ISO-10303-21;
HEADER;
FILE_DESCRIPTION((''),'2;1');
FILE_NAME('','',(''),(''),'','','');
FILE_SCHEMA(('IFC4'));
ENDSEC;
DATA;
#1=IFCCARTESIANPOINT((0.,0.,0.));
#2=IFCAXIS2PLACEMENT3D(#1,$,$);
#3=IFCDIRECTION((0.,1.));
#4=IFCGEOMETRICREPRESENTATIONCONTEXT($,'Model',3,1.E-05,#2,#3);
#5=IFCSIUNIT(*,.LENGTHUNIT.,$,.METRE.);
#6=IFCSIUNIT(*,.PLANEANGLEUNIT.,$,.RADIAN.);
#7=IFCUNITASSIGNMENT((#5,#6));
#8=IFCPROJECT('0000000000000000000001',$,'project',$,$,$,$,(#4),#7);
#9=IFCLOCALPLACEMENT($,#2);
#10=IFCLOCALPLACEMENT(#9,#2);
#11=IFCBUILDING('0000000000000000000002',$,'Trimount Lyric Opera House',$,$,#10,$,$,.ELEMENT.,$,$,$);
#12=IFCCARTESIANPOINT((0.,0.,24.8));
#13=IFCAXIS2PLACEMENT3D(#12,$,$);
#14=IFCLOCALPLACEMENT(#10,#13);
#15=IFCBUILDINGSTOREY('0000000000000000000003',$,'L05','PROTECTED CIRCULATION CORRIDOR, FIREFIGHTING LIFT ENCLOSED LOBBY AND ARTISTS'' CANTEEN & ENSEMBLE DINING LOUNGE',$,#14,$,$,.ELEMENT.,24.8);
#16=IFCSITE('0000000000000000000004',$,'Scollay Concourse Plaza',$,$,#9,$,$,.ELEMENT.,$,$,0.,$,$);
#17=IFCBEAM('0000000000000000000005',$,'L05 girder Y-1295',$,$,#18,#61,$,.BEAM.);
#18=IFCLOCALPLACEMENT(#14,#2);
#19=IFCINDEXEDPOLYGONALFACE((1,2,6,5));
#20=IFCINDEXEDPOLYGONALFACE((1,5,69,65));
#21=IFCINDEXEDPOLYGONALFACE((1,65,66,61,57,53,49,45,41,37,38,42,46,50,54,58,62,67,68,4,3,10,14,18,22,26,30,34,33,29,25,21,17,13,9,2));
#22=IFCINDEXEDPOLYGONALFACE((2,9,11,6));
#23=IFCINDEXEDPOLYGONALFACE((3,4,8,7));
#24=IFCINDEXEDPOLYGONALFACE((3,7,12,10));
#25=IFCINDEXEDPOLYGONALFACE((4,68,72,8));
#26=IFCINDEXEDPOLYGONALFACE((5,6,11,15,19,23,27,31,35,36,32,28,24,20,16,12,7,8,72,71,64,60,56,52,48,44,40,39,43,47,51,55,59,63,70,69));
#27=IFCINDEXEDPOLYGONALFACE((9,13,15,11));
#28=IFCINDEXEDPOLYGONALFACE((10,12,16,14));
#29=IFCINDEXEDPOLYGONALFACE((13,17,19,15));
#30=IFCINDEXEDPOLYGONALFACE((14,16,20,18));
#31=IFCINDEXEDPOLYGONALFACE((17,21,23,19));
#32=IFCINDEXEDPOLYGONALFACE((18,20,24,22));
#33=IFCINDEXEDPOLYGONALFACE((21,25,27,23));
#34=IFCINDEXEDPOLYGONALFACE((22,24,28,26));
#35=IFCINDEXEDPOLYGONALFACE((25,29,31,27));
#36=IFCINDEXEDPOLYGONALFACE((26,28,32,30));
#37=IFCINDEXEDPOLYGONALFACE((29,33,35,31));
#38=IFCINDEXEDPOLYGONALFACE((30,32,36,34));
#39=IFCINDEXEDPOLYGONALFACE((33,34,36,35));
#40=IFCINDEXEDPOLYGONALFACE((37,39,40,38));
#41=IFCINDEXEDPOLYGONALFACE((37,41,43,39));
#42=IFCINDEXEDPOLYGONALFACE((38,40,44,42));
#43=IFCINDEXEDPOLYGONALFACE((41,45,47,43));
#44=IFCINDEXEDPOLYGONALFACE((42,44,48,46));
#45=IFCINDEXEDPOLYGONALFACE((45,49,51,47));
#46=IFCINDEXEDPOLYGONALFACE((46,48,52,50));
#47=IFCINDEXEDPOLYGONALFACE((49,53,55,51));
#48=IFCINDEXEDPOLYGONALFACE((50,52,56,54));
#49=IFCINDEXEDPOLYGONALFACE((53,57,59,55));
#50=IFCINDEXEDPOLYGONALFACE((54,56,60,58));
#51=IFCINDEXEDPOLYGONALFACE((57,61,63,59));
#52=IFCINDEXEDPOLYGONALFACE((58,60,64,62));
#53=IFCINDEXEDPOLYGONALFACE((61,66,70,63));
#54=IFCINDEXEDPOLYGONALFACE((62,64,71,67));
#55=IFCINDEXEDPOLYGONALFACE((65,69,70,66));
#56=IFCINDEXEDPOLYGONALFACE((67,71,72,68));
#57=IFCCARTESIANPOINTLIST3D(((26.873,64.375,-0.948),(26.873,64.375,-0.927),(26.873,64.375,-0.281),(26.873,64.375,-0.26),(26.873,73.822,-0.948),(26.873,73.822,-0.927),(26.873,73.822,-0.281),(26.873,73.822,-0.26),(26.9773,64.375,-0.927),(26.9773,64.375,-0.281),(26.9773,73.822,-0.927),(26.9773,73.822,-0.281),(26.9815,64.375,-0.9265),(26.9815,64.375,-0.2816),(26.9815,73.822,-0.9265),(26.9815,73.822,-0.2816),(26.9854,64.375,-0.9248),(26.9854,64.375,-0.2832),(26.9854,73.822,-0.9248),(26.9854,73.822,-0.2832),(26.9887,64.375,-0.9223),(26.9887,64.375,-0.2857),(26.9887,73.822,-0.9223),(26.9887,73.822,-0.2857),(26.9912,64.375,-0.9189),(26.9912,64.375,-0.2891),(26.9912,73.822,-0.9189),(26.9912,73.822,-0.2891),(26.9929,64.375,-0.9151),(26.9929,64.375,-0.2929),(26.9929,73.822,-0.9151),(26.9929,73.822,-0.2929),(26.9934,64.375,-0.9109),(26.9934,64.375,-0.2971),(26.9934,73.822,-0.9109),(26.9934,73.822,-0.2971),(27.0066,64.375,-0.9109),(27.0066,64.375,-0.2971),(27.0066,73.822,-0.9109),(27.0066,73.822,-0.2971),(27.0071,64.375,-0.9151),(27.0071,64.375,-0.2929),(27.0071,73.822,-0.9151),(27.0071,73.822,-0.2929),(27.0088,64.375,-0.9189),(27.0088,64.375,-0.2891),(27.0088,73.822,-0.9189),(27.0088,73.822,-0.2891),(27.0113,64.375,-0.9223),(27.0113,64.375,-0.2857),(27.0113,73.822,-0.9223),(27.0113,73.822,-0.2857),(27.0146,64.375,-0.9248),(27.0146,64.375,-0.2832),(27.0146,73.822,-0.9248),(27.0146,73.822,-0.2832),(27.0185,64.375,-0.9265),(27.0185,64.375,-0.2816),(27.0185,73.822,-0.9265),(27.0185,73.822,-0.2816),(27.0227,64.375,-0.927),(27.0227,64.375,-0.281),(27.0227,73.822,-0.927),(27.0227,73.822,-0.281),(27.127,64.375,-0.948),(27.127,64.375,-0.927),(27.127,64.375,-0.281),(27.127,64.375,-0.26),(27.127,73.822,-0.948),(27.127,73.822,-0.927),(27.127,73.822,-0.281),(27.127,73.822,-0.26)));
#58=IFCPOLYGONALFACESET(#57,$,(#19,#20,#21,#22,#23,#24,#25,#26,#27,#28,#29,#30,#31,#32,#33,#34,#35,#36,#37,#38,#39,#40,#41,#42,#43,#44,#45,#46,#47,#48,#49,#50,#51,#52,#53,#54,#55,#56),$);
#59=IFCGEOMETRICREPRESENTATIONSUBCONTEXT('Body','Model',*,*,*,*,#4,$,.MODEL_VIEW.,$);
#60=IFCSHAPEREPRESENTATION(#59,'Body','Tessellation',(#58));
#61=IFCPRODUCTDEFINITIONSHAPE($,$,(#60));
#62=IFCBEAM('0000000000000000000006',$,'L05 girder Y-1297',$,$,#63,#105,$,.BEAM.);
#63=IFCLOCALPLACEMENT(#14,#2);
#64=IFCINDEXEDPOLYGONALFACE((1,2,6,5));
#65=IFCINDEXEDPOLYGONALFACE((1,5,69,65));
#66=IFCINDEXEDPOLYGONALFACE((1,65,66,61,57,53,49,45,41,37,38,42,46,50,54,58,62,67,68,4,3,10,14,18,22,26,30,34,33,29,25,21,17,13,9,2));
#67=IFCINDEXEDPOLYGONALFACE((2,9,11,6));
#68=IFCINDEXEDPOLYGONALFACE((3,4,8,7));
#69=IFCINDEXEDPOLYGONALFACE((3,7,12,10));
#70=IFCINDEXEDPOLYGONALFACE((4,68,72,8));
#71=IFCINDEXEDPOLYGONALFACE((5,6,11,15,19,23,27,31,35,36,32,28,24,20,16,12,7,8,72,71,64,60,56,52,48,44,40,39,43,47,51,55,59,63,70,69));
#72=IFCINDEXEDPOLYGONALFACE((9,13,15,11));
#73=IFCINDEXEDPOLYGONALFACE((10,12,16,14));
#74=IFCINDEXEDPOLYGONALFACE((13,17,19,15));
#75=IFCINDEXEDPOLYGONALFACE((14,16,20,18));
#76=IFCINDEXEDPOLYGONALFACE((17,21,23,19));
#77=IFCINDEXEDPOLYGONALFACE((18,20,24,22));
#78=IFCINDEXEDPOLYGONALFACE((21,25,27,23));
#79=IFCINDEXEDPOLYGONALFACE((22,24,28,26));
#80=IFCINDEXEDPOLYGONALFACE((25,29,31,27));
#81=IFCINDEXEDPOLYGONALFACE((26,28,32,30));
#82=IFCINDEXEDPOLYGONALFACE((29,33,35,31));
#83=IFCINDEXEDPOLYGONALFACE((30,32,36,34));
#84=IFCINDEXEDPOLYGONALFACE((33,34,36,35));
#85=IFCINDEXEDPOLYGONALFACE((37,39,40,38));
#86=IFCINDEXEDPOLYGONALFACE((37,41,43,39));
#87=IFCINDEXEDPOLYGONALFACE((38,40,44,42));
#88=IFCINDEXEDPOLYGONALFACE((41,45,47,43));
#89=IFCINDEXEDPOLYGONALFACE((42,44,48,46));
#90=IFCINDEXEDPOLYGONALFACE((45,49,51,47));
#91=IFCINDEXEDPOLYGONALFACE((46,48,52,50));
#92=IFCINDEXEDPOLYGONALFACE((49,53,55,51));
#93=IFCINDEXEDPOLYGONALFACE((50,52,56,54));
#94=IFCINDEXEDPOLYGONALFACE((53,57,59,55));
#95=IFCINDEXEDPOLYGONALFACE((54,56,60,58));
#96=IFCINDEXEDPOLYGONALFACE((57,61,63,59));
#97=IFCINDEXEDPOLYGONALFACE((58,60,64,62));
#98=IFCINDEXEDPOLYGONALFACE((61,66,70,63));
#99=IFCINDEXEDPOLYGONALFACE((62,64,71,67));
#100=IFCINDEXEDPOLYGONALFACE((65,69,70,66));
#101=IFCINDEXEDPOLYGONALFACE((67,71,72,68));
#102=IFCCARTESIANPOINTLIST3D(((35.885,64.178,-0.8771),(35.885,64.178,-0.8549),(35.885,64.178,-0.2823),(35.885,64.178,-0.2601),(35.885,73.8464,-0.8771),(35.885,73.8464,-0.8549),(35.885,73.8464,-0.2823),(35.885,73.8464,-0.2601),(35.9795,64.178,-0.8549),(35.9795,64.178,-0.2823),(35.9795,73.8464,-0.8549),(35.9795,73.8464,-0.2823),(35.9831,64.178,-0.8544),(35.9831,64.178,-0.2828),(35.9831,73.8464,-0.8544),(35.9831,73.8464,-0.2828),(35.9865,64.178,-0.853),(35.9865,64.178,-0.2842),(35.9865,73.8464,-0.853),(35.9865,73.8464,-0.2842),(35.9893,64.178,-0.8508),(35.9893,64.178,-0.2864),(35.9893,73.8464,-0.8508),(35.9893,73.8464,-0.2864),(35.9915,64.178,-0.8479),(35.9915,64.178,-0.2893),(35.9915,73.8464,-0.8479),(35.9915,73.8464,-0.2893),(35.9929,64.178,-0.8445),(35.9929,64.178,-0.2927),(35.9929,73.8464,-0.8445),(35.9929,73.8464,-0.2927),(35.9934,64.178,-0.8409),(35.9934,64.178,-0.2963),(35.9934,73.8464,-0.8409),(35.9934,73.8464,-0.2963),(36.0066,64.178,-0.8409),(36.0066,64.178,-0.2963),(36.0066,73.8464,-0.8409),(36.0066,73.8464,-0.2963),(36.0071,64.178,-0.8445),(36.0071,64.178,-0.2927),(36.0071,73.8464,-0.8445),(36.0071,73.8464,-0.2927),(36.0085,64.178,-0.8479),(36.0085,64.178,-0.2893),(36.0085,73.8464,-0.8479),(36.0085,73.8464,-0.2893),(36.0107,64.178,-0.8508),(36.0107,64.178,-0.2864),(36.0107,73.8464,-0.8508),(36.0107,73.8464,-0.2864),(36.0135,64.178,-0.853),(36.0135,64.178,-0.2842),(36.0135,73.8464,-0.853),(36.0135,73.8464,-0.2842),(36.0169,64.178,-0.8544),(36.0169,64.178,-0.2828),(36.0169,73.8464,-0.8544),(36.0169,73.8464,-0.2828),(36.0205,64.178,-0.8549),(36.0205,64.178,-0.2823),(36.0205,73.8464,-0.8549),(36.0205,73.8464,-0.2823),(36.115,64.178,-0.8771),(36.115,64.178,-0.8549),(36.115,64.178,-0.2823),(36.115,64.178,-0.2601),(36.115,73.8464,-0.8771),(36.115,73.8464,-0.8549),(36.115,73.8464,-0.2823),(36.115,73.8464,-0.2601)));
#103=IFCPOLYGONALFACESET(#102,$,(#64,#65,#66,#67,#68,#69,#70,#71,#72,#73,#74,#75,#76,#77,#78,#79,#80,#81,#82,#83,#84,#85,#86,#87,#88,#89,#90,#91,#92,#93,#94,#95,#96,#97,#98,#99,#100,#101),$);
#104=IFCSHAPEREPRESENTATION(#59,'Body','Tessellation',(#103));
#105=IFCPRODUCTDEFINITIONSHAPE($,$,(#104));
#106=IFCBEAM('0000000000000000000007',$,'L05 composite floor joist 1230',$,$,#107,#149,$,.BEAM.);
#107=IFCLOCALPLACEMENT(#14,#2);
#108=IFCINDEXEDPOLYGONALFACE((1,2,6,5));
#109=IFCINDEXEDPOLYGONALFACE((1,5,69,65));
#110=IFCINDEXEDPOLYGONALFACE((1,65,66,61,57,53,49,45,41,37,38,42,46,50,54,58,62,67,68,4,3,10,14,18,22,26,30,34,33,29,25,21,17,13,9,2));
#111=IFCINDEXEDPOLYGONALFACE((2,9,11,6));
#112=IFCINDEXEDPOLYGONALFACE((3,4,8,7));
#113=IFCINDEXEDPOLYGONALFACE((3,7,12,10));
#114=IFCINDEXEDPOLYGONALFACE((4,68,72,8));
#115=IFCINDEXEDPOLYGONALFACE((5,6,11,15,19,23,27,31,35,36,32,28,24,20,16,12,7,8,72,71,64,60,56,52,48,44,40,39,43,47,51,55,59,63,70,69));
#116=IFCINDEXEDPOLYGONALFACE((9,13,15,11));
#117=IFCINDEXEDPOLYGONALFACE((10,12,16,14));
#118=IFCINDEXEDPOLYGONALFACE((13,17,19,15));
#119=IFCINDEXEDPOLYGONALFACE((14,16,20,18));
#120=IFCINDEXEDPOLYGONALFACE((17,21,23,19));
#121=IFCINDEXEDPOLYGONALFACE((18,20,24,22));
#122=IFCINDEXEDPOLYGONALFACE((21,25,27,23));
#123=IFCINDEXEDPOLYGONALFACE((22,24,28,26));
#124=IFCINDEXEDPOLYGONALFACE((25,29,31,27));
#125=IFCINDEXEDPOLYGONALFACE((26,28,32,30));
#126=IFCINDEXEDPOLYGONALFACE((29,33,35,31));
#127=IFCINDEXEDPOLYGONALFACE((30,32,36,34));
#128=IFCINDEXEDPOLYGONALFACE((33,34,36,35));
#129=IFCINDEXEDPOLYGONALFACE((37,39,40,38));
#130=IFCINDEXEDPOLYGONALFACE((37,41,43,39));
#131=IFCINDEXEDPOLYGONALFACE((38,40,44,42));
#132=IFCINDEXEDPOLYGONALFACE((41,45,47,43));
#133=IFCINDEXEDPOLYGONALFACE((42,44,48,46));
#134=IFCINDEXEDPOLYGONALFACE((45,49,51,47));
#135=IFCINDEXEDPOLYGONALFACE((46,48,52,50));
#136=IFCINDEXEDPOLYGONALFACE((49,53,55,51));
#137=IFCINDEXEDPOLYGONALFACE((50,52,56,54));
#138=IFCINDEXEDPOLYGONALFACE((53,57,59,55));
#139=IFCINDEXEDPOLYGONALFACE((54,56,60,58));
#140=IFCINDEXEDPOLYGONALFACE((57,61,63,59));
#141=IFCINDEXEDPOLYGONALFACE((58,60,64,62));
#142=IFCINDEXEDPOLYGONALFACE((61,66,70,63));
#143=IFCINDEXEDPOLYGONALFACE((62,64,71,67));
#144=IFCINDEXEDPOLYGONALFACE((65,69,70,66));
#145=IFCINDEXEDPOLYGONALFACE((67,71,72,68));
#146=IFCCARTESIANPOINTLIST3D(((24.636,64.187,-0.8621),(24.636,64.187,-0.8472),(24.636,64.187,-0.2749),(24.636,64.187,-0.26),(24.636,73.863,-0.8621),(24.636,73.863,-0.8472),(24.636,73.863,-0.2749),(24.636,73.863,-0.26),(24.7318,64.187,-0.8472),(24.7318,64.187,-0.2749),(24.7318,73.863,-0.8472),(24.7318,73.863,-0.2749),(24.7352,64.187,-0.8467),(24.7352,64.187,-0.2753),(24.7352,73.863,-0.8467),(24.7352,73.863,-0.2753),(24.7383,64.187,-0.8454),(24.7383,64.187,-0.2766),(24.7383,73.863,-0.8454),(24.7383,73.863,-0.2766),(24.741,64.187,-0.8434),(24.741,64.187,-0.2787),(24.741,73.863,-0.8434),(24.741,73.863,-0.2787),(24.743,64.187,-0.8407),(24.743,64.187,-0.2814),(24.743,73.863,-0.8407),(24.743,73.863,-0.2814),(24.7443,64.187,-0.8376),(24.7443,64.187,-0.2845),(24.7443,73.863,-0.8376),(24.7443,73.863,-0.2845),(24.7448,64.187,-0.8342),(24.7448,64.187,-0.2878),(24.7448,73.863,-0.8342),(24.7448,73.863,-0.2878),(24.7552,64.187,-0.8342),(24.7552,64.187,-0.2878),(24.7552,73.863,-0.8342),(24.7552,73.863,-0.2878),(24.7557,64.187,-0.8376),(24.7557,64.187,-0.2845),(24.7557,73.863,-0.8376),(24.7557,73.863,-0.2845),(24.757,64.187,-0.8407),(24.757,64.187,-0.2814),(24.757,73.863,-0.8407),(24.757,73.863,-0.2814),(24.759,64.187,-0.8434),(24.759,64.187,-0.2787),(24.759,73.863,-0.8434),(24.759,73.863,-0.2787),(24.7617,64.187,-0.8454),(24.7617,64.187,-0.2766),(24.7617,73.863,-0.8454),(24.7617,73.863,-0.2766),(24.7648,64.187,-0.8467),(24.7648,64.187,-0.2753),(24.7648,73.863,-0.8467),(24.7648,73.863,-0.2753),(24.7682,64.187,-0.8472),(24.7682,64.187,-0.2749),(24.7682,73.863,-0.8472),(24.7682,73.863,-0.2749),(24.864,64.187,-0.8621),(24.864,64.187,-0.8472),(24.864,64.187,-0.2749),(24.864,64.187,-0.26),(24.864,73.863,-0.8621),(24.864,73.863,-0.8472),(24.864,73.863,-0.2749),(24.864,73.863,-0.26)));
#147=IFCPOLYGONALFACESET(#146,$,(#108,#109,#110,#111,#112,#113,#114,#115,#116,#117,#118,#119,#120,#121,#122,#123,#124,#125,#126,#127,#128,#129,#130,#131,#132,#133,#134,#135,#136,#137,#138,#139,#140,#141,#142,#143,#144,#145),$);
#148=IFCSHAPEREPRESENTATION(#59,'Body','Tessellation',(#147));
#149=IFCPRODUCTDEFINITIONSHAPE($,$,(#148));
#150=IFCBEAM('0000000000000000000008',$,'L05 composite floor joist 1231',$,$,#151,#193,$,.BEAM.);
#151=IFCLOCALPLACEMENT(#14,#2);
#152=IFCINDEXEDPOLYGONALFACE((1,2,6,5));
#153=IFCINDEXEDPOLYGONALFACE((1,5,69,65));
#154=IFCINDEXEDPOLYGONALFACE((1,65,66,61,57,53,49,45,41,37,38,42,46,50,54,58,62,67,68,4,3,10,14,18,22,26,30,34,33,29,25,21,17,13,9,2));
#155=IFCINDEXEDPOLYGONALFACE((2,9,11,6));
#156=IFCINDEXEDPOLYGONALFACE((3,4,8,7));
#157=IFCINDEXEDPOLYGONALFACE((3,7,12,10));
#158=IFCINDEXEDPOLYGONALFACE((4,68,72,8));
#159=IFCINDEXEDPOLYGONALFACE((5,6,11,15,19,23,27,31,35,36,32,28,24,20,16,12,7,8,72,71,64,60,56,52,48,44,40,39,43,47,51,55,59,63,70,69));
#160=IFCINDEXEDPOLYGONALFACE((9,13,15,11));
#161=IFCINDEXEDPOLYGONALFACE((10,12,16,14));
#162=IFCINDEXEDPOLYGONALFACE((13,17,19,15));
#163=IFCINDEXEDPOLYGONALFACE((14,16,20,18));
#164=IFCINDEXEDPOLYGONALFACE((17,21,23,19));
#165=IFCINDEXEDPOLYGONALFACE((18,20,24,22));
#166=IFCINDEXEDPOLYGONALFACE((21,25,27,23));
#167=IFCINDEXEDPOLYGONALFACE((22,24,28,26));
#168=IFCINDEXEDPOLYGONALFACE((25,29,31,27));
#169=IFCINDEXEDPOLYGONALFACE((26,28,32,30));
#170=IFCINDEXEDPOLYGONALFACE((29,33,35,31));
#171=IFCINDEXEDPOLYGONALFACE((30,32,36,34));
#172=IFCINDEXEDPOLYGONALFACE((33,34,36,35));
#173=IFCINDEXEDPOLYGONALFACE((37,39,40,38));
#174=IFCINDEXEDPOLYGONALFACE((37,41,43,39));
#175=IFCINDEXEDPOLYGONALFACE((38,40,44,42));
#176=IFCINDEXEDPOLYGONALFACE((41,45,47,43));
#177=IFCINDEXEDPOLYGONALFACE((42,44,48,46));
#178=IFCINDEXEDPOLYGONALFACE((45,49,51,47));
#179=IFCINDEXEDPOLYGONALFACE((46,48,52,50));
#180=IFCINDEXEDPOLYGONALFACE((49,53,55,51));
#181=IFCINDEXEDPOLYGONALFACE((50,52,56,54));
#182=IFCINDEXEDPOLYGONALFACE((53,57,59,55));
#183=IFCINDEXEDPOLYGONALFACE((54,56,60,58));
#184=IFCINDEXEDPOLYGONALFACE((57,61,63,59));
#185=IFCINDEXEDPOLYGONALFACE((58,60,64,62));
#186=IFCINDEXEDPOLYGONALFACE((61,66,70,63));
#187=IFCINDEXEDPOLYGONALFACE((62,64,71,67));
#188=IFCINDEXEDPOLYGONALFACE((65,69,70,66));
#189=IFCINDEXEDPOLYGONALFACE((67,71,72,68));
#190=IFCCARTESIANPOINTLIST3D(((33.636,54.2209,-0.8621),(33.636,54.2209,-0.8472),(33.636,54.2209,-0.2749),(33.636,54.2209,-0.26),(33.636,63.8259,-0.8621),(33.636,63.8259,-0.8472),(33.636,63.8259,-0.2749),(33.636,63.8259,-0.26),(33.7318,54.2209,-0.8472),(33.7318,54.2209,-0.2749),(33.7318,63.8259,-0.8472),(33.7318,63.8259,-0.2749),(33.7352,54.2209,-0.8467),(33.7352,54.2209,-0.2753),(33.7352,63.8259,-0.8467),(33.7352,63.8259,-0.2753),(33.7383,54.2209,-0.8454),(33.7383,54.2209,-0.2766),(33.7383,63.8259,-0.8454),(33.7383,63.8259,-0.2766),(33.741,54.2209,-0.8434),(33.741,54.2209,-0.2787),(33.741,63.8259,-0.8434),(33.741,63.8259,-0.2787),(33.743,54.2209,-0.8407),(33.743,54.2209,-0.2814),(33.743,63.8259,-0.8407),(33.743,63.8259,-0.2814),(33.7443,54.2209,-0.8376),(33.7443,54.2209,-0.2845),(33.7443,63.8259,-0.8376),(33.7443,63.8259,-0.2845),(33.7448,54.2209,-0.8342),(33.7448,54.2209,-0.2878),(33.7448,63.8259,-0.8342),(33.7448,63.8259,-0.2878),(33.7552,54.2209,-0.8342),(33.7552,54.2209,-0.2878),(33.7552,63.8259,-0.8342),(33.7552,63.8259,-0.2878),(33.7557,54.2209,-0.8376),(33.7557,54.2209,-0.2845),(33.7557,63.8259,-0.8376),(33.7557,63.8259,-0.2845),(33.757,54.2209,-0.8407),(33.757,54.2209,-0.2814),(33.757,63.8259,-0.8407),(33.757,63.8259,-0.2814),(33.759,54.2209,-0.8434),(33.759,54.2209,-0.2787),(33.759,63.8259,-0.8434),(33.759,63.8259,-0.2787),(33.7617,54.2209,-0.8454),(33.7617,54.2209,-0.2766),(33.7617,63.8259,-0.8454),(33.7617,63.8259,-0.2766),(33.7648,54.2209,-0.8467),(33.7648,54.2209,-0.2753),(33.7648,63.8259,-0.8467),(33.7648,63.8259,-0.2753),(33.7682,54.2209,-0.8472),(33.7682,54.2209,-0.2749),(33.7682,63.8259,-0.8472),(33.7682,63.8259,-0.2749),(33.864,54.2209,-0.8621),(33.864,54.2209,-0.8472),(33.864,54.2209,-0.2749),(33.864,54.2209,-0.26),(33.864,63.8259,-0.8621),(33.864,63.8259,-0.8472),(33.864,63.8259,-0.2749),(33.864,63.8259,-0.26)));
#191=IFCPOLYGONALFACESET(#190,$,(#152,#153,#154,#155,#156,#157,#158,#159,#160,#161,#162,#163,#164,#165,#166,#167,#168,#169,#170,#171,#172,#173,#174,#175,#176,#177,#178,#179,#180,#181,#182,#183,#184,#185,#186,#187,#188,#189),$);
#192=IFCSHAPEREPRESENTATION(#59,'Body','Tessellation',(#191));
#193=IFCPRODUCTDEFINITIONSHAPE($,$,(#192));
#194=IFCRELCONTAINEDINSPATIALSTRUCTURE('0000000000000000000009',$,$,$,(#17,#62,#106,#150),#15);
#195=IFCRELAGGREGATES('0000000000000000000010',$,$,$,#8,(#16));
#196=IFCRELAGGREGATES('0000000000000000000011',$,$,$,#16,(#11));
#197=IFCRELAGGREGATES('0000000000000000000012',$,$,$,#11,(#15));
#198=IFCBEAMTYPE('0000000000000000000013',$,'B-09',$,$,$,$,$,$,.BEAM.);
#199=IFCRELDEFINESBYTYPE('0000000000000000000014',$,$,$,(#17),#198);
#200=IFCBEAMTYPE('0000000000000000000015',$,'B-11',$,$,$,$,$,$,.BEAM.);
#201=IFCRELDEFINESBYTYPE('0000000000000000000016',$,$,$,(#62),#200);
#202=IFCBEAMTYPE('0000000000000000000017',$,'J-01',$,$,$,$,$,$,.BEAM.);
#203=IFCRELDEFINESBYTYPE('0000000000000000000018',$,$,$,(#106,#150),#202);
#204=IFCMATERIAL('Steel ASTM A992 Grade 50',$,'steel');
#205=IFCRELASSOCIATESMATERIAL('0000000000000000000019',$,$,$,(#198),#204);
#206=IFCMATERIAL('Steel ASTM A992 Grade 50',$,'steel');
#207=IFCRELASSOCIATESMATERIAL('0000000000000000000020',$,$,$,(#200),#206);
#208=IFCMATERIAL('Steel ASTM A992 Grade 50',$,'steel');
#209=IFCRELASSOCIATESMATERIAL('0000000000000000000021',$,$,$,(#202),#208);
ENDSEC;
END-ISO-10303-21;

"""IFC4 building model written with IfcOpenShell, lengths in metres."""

from ifc_helpers import new_model, si_unit, direction, frame, origin, origin_2d, place, context, subcontext, project, spatial, i_section, extrude, material, material_profile, profile_set, type_object, element, save


model = new_model("IFC4")

# Units and contexts
model_context = context("Model", 3, precision=1e-05, world=origin(), true_north=direction((0.0, 1.0)))
body_context = subcontext(model_context, "Body", "Model", "MODEL_VIEW")
ifc_project = project(units=[si_unit("LENGTHUNIT", "METRE"), si_unit("PLANEANGLEUNIT", "RADIAN")], contexts=[model_context])

# Site, building, storey
site_placement = place(None, origin())
site = spatial("IfcSite", under=ifc_project, at=site_placement, Name="Scollay Concourse Plaza", CompositionType="ELEMENT", RefElevation=0.0)
building_placement = place(site_placement, origin())
building = spatial("IfcBuilding", under=site, at=building_placement, Name="Trimount Lyric Opera House", CompositionType="ELEMENT")
storey_placement = place(building_placement, frame((0.0, 0.0, 24.8)))
storey = spatial("IfcBuildingStorey", under=building, at=storey_placement, Name="L05", Description="PROTECTED CIRCULATION CORRIDOR, FIREFIGHTING LIFT ENCLOSED LOBBY AND ARTISTS' CANTEEN & ENSEMBLE DINING LOUNGE", CompositionType="ELEMENT", Elevation=24.8)

# Beams
ifc_material_1 = material(Name="Steel ASTM A992 Grade 50", Category="steel")
ifc_material_profile_1 = material_profile(ifc_material_1, i_section(OverallWidth=0.2539, OverallDepth=0.688, WebThickness=0.0132, FlangeThickness=0.021, FilletRadius=0.0161, at=origin_2d()), Name="W27X102")
ifc_profile_set_1 = profile_set([ifc_material_profile_1], Name="Steel ASTM A992 Grade 50")
beam_type_1 = type_object("IfcBeamType", Name="B-09", PredefinedType="BEAM", material=ifc_profile_set_1)
beam_1_placement = place(storey_placement, frame((27.0, 64.375, -0.604), z_axis=(0.0, 1.0, 0.0), x_axis=(-1.0, 0.0, 0.0)))
element("IfcBeam", 1, at=beam_1_placement, inside=storey, type_object=beam_type_1, Name="L05 girder Y-1295", PredefinedType="BEAM", context=body_context, shape_type="SweptSolid", body=[
    extrude(i_section(OverallWidth=0.2539, OverallDepth=0.688, WebThickness=0.0132, FlangeThickness=0.021, FilletRadius=0.0161, at=origin_2d()), origin(), (0.0, 0.0, 1.0), 9.447),
])
ifc_material_2 = material(Name="Steel ASTM A992 Grade 50", Category="steel")
ifc_material_profile_2 = material_profile(ifc_material_2, i_section(OverallWidth=0.23, OverallDepth=0.6169, WebThickness=0.0132, FlangeThickness=0.0222, FilletRadius=0.0139, at=origin_2d()), Name="W24X94")
ifc_profile_set_2 = profile_set([ifc_material_profile_2], Name="Steel ASTM A992 Grade 50")
beam_type_2 = type_object("IfcBeamType", Name="B-11", PredefinedType="BEAM", material=ifc_profile_set_2)
beam_2_placement = place(storey_placement, frame((36.0, 64.178, -0.5686), z_axis=(0.0, 1.0, 0.0), x_axis=(-1.0, 0.0, 0.0)))
element("IfcBeam", 2, at=beam_2_placement, inside=storey, type_object=beam_type_2, Name="L05 girder Y-1297", PredefinedType="BEAM", context=body_context, shape_type="SweptSolid", body=[
    extrude(i_section(OverallWidth=0.23, OverallDepth=0.6169, WebThickness=0.0132, FlangeThickness=0.0222, FilletRadius=0.0139, at=origin_2d()), origin(), (0.0, 0.0, 1.0), 9.6685),
])
ifc_material_3 = material(Name="Steel ASTM A992 Grade 50", Category="steel")
ifc_material_profile_3 = material_profile(ifc_material_3, i_section(OverallWidth=0.228, OverallDepth=0.6021, WebThickness=0.0105, FlangeThickness=0.0149, FilletRadius=0.0129, at=origin_2d()), Name="W24X68")
ifc_profile_set_3 = profile_set([ifc_material_profile_3], Name="Steel ASTM A992 Grade 50")
beam_type_3 = type_object("IfcBeamType", Name="J-01", PredefinedType="BEAM", material=ifc_profile_set_3)
beam_3_placement = place(storey_placement, frame((24.75, 64.187, -0.561), z_axis=(0.0, 1.0, 0.0), x_axis=(-1.0, 0.0, 0.0)))
element("IfcBeam", 3, at=beam_3_placement, inside=storey, type_object=beam_type_3, Name="L05 composite floor joist 1230", PredefinedType="BEAM", context=body_context, shape_type="SweptSolid", body=[
    extrude(i_section(OverallWidth=0.228, OverallDepth=0.6021, WebThickness=0.0105, FlangeThickness=0.0149, FilletRadius=0.0129, at=origin_2d()), origin(), (0.0, 0.0, 1.0), 9.676),
])
for number, where, z_axis, x_axis, name in (
    (4, (33.75, 54.2209, -0.561), (0.0, 1.0, 0.0), (-1.0, 0.0, 0.0), "L05 composite floor joist 1231"),
):
    element("IfcBeam", number, at=place(storey_placement, frame(where, z_axis=z_axis, x_axis=x_axis)), inside=storey, type_object=beam_type_3, Name=name, PredefinedType="BEAM", context=body_context, shape_type="SweptSolid", body=[
        extrude(i_section(OverallWidth=0.228, OverallDepth=0.6021, WebThickness=0.0105, FlangeThickness=0.0149, FilletRadius=0.0129, at=origin_2d()), origin(), (0.0, 0.0, 1.0), 9.605),
    ])

save(model, "model.ifc")
